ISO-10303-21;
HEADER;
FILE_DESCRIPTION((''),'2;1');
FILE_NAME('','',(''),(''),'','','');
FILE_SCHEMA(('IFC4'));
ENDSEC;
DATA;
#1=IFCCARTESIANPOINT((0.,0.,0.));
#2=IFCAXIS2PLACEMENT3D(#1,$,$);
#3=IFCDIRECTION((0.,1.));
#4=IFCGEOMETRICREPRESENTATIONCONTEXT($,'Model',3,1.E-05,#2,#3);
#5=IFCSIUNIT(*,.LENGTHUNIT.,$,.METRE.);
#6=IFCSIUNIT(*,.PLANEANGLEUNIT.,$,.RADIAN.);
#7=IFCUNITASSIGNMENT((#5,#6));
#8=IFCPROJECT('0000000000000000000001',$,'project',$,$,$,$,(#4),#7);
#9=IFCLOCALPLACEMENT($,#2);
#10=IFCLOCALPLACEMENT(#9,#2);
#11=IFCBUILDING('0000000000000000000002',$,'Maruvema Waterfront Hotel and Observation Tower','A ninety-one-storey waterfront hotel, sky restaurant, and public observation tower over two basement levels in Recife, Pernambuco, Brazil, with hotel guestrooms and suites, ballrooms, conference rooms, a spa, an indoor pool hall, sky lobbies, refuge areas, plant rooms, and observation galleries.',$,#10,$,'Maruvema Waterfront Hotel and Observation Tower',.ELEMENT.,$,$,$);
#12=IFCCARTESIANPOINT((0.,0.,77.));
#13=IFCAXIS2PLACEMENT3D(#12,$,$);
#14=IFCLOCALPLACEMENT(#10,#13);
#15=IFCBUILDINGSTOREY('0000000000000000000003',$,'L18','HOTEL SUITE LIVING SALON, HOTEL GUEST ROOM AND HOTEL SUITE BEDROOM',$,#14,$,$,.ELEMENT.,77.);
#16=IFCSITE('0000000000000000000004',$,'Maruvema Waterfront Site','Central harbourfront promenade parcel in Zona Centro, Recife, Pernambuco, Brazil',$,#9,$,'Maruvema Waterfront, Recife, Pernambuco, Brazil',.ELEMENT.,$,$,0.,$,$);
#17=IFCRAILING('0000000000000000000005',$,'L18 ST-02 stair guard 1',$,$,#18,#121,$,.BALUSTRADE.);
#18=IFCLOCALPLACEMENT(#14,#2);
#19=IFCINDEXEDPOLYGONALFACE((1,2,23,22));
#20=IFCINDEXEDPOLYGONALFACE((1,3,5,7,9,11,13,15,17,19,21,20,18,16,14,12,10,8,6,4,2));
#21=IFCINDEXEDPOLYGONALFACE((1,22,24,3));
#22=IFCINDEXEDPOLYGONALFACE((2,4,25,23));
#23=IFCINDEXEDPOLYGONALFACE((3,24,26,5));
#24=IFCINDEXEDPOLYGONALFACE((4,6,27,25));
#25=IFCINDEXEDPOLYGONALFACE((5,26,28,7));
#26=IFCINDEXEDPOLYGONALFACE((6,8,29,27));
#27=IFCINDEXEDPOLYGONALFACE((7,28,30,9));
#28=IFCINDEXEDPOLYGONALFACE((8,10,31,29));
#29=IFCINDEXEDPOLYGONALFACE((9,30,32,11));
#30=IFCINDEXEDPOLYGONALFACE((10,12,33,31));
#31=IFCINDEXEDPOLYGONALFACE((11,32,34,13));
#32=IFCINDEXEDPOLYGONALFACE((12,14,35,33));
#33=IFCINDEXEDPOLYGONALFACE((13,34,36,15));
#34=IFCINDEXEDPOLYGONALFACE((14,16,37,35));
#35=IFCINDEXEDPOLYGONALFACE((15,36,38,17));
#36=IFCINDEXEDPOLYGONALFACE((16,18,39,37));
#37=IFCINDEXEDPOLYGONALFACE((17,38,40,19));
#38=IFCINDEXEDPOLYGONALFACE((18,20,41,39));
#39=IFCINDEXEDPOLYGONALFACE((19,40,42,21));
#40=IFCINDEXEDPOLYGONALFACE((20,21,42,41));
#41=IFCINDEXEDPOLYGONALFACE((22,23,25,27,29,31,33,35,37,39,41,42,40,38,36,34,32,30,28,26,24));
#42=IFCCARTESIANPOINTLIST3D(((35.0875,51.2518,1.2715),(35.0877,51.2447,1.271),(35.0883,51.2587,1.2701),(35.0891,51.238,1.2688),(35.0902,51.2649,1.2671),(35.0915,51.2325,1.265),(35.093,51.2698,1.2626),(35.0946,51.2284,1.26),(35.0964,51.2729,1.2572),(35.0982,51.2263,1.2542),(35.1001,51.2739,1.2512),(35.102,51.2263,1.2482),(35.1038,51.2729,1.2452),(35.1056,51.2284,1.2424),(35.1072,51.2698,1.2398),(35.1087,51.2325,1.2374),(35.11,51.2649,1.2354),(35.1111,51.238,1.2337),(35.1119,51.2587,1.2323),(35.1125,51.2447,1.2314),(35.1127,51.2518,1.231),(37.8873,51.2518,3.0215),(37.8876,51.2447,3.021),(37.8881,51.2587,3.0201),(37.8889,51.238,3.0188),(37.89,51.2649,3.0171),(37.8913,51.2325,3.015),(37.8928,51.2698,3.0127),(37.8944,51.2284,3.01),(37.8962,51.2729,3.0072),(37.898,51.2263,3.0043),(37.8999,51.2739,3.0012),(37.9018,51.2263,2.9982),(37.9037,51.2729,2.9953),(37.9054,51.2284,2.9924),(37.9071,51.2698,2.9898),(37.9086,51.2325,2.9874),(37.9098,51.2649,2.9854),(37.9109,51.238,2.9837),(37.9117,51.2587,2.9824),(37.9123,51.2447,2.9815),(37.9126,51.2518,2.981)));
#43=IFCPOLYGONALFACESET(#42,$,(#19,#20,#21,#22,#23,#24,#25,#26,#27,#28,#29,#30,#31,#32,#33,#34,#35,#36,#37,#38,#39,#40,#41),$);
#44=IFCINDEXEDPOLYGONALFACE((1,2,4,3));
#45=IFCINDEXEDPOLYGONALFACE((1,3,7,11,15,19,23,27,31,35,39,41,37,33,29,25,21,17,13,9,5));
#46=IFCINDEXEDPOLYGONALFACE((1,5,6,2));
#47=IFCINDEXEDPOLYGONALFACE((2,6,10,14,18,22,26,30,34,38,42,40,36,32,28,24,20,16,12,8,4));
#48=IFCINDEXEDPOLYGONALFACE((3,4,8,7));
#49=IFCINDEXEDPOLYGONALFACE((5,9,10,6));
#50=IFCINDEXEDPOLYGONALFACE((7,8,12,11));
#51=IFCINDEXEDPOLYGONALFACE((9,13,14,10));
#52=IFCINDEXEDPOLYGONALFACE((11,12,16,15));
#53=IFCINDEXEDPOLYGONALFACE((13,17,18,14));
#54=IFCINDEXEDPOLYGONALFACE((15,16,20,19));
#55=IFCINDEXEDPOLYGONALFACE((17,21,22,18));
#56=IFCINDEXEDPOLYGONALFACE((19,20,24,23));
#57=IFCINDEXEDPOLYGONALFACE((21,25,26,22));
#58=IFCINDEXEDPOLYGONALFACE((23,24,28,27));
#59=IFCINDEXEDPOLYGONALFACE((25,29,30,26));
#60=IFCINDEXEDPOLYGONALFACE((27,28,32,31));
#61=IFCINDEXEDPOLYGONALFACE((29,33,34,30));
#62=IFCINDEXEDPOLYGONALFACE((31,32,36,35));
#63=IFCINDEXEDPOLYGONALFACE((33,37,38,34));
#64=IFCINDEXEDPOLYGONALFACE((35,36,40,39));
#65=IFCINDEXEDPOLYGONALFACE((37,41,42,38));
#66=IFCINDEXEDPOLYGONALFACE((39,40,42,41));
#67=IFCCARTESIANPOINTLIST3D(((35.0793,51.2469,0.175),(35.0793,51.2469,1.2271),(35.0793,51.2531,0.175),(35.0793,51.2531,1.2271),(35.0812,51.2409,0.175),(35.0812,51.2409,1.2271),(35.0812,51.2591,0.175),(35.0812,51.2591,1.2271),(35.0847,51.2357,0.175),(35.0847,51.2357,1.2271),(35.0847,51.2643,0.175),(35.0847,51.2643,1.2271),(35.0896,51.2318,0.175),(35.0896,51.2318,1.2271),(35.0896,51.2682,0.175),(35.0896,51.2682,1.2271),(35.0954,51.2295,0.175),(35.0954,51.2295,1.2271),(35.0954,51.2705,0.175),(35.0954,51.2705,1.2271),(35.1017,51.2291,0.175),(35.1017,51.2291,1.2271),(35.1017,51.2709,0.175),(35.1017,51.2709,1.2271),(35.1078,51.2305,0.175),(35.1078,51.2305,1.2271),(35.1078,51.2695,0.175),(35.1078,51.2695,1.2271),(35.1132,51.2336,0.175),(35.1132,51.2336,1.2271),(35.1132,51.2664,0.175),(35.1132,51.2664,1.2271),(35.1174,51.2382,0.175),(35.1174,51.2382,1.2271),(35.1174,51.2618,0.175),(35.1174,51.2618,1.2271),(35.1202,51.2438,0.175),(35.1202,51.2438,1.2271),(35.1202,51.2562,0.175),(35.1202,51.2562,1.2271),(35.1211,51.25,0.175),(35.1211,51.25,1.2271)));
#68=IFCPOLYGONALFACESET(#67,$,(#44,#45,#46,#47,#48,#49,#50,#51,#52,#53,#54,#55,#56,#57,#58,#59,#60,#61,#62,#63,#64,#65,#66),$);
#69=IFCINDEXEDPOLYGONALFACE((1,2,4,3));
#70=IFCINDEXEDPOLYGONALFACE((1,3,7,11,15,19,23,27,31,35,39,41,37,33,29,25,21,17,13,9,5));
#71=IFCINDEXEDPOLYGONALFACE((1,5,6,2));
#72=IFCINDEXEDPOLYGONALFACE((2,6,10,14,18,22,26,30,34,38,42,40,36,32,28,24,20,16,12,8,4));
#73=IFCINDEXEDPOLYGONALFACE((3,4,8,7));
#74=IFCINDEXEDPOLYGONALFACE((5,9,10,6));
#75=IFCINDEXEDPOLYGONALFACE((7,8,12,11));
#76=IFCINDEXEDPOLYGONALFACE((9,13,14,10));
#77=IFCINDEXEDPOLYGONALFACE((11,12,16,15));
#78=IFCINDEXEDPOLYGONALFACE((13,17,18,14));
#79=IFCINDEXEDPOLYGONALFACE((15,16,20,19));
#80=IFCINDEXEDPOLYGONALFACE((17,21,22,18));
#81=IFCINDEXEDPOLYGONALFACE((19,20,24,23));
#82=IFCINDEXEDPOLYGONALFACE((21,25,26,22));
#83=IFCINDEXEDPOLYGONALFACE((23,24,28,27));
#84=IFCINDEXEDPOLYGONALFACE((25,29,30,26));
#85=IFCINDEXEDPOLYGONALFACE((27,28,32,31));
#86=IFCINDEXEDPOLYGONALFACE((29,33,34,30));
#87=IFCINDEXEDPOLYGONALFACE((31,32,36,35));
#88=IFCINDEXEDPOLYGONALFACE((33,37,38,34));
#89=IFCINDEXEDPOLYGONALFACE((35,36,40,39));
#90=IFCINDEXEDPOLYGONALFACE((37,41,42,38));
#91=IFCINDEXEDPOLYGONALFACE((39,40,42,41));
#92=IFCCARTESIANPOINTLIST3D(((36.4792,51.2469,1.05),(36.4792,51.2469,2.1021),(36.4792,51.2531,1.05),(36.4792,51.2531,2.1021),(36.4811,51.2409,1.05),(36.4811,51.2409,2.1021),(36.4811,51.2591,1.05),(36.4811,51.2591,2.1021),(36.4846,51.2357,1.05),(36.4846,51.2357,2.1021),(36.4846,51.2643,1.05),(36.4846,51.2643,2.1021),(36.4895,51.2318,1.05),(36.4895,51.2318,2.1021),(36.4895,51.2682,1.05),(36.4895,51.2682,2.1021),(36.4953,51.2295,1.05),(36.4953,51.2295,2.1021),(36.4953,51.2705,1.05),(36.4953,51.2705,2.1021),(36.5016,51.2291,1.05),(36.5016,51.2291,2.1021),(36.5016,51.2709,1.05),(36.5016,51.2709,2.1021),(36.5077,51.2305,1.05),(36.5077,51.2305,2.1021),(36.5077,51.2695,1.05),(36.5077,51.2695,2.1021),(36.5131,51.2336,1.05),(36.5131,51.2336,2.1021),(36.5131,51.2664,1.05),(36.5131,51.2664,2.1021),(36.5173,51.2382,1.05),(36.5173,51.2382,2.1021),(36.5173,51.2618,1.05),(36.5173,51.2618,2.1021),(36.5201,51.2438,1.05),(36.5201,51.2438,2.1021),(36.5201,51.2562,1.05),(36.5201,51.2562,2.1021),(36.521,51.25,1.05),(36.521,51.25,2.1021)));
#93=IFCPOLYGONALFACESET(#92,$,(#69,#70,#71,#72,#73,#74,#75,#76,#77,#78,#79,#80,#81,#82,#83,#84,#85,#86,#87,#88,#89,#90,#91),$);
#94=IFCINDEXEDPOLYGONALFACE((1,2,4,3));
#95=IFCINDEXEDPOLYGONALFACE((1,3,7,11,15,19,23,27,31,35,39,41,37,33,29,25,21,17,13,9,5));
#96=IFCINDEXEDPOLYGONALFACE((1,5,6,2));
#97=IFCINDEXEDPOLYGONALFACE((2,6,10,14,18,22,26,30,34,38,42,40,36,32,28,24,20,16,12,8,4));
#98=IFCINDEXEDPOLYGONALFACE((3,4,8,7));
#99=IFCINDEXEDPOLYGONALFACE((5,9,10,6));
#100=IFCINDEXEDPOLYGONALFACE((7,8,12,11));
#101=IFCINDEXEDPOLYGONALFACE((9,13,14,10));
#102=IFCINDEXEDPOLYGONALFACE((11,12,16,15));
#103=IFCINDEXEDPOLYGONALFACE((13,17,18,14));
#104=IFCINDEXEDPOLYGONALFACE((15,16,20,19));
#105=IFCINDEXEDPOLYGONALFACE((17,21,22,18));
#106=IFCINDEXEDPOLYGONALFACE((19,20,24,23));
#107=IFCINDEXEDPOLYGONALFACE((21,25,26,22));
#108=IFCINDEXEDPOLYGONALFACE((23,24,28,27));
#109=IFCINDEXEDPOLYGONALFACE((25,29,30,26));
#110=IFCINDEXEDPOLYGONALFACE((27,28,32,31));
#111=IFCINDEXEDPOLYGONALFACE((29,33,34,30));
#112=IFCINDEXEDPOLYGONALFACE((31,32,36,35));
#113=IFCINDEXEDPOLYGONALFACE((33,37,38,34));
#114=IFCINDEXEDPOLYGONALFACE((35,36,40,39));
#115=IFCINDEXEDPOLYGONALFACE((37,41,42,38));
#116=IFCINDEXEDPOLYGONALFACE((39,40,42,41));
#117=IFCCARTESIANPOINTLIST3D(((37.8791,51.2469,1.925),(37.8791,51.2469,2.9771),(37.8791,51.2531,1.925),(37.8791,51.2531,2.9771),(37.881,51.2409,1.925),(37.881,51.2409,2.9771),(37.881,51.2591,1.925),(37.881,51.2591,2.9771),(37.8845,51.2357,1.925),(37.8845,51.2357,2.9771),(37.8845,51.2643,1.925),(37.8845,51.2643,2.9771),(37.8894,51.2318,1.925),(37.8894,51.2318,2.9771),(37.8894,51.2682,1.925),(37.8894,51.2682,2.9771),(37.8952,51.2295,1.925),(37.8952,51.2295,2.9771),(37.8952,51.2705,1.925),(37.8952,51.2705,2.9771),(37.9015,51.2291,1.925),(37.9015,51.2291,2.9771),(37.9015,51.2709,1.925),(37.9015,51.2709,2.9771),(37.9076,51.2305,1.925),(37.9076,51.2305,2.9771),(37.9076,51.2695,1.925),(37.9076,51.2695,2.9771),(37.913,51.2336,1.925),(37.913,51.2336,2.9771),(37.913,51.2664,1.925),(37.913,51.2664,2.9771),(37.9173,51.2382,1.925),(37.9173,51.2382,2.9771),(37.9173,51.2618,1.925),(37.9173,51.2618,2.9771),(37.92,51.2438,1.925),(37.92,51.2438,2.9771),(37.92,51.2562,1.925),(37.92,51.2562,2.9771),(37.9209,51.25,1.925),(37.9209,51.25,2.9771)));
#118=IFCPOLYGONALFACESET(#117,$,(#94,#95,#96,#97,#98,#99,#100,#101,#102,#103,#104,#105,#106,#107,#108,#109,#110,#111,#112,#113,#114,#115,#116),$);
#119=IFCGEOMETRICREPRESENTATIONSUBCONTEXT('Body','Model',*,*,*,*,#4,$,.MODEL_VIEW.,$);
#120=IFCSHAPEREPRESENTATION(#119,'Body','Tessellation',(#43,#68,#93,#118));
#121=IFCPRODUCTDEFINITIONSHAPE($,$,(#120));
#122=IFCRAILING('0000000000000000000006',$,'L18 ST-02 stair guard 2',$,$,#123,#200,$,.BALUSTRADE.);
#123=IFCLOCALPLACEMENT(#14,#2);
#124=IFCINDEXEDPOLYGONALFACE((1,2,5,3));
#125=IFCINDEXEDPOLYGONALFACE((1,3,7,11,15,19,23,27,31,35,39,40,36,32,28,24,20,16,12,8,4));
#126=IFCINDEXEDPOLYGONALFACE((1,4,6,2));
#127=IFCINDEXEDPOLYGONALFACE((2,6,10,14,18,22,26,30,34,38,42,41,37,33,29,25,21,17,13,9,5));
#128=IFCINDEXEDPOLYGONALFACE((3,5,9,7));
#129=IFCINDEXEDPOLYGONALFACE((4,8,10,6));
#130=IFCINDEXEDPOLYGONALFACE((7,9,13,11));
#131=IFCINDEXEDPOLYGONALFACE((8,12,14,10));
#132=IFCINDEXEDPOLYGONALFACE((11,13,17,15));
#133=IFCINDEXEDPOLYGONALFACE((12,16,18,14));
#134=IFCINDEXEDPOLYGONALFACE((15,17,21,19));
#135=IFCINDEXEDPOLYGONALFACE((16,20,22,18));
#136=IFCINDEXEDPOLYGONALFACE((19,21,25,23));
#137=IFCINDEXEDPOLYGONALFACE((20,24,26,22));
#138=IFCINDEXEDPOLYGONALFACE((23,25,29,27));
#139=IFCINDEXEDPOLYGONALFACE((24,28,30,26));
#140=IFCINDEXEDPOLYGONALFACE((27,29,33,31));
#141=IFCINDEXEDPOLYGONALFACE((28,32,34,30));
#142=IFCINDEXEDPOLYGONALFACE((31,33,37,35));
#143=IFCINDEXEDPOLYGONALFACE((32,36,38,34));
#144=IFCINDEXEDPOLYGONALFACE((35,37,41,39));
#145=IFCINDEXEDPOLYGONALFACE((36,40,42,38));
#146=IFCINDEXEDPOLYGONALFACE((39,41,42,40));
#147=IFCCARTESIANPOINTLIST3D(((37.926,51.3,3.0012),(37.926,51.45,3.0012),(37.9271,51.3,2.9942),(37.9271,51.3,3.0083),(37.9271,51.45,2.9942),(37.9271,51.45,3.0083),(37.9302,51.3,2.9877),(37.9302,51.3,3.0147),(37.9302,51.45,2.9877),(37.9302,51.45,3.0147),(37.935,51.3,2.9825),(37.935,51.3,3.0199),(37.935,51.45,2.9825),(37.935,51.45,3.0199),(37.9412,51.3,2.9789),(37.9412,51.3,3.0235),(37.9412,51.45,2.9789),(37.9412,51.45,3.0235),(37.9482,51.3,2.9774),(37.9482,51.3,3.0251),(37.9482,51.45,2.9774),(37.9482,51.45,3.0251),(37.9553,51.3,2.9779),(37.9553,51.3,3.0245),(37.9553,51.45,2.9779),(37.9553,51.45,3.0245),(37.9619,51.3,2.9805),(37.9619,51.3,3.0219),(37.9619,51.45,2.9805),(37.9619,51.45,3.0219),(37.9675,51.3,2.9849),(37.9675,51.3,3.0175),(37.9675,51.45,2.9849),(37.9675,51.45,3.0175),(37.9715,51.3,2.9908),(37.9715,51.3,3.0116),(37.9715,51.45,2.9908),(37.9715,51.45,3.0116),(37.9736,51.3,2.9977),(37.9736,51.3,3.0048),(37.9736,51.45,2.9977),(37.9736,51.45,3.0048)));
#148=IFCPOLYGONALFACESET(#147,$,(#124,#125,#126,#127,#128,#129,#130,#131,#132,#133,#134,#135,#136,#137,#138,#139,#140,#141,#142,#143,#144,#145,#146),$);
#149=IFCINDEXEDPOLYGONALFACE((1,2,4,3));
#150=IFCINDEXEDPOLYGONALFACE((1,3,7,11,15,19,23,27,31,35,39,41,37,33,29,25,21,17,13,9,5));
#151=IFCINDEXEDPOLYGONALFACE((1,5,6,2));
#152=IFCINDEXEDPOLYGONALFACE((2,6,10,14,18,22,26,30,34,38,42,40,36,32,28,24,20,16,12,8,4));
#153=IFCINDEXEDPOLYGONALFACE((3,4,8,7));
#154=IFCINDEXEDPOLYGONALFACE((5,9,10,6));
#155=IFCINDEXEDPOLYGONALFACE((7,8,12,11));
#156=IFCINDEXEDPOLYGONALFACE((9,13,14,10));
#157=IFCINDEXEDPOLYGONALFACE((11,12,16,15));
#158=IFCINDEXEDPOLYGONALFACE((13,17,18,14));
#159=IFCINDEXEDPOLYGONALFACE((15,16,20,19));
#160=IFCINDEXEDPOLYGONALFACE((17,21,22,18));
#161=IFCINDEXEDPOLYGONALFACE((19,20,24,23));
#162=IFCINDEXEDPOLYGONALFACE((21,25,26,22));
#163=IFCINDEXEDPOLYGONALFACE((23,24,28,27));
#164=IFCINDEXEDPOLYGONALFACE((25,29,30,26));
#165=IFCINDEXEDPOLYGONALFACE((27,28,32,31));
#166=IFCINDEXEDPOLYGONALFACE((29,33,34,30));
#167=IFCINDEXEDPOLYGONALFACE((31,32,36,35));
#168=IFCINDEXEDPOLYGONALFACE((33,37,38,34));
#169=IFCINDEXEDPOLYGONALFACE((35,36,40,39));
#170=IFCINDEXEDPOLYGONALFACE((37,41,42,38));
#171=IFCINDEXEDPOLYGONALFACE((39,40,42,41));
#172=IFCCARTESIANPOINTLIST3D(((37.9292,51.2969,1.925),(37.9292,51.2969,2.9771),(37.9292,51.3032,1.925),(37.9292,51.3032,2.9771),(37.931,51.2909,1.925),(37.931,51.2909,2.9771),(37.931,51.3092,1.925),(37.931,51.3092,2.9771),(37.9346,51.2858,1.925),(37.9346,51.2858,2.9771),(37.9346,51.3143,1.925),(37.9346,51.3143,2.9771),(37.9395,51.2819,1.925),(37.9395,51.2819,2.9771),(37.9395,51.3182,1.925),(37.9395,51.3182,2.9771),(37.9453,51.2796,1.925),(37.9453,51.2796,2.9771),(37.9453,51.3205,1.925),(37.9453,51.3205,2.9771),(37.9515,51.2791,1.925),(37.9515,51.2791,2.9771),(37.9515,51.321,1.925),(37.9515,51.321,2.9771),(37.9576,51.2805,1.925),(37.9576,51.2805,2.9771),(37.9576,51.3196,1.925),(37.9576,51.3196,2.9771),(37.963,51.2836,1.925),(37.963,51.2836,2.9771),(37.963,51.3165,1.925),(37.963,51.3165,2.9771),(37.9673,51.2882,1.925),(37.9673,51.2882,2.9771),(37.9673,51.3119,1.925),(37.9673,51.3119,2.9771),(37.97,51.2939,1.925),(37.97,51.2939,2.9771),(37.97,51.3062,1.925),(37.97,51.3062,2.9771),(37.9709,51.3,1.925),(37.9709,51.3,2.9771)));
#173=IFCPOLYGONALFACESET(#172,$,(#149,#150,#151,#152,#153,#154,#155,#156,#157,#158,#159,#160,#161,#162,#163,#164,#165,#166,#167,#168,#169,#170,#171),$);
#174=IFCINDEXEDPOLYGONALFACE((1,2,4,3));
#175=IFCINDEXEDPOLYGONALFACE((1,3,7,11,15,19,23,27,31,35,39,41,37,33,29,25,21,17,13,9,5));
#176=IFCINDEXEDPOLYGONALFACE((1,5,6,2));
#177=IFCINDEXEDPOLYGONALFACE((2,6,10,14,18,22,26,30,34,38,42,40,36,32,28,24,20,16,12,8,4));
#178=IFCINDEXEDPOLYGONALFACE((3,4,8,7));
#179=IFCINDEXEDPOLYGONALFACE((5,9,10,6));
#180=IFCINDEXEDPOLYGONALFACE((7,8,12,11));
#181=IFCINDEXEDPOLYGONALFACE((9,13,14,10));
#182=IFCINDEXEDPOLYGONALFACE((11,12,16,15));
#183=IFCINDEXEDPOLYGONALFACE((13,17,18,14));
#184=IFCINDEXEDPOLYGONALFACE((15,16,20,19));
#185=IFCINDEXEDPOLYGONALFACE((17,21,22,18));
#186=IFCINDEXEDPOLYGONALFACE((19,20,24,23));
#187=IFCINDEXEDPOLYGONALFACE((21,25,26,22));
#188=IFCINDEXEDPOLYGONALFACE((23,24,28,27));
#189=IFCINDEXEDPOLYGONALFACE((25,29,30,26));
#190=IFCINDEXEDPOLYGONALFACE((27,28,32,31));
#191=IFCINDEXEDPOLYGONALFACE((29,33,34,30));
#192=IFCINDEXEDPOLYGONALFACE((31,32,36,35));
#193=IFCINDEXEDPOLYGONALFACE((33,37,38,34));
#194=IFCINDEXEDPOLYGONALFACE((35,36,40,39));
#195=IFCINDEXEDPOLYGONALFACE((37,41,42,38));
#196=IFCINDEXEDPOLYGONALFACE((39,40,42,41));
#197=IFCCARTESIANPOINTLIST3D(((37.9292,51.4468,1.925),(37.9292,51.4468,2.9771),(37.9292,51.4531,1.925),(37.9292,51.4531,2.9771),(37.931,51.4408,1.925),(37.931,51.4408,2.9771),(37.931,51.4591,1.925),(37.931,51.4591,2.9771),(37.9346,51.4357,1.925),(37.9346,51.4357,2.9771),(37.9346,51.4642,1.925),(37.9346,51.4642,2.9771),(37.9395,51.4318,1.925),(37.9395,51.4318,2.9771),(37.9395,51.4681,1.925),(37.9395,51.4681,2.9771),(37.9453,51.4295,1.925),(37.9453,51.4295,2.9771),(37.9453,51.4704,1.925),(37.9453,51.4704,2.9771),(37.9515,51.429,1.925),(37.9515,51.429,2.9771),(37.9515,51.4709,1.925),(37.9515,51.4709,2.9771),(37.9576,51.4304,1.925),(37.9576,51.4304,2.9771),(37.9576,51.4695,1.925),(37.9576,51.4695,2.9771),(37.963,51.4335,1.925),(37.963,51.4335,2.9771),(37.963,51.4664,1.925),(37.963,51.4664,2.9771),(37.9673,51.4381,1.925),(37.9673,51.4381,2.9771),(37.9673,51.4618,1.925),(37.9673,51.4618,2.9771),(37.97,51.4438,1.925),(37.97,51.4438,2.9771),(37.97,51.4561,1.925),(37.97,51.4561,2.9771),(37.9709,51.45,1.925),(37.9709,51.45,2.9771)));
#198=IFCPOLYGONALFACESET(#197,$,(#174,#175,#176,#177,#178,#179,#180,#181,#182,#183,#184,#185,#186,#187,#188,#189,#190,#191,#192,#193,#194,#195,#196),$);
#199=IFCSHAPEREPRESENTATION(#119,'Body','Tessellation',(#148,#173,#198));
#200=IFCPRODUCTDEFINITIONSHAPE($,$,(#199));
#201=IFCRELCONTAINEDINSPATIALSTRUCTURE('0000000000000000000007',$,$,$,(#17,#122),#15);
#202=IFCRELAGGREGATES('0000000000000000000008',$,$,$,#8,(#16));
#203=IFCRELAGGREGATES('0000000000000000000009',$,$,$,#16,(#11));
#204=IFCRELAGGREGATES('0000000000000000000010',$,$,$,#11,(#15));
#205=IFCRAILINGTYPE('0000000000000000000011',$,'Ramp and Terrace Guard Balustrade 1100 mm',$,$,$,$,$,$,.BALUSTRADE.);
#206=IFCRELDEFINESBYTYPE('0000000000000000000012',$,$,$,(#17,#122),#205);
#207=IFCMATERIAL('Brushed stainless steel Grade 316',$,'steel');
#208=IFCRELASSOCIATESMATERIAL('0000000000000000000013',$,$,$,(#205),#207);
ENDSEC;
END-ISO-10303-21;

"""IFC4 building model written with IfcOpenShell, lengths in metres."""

from ifc_helpers import new_model, si_unit, direction, frame, origin, origin_2d, place, context, subcontext, project, spatial, circle, extrude, material, type_object, element, save


model = new_model("IFC4")

# Units and contexts
model_context = context("Model", 3, precision=1e-05, world=origin(), true_north=direction((0.0, 1.0)))
body_context = subcontext(model_context, "Body", "Model", "MODEL_VIEW")
ifc_project = project(units=[si_unit("LENGTHUNIT", "METRE"), si_unit("PLANEANGLEUNIT", "RADIAN")], contexts=[model_context])

# Site, building, storey
site_placement = place(None, origin())
site = spatial("IfcSite", under=ifc_project, at=site_placement, Name="Maruvema Waterfront Site", Description="Central harbourfront promenade parcel in Zona Centro, Recife, Pernambuco, Brazil", LongName="Maruvema Waterfront, Recife, Pernambuco, Brazil", CompositionType="ELEMENT", RefElevation=0.0)
building_placement = place(site_placement, origin())
building = spatial("IfcBuilding", under=site, at=building_placement, Name="Maruvema Waterfront Hotel and Observation Tower", Description="A ninety-one-storey waterfront hotel, sky restaurant, and public observation tower over two basement levels in Recife, Pernambuco, Brazil, with hotel guestrooms and suites, ballrooms, conference rooms, a spa, an indoor pool hall, sky lobbies, refuge areas, plant rooms, and observation galleries.", LongName="Maruvema Waterfront Hotel and Observation Tower", CompositionType="ELEMENT")
storey_placement = place(building_placement, frame((0.0, 0.0, 77.0)))
storey = spatial("IfcBuildingStorey", under=building, at=storey_placement, Name="L18", Description="HOTEL SUITE LIVING SALON, HOTEL GUEST ROOM AND HOTEL SUITE BEDROOM", CompositionType="ELEMENT", Elevation=77.0)

# Railings
ifc_material_1 = material(Name="Brushed stainless steel Grade 316", Category="steel")
railing_type_1 = type_object("IfcRailingType", Name="Ramp and Terrace Guard Balustrade 1100 mm", PredefinedType="BALUSTRADE", material=ifc_material_1)
railing_1_placement = place(storey_placement, frame((35.1001, 51.25, 0.175)))
element("IfcRailing", 1, at=railing_1_placement, inside=storey, type_object=railing_type_1, Name="L18 ST-02 stair guard 1", PredefinedType="BALUSTRADE", context=body_context, shape_type="SweptSolid", body=[
    extrude(circle(Radius=0.0239, at=origin_2d()), frame((0.0, 0.0, 1.0762), z_axis=(0.847982, 0.0, 0.530026), x_axis=(0.0, 1.0, 0.0)), (0.0, 0.0, 1.0), 3.3018),
    extrude(circle(Radius=0.021, at=origin_2d()), origin(), (0.0, 0.0, 1.0), 1.052),
    extrude(circle(Radius=0.021, at=origin_2d()), frame((1.3999, 0.0, 0.875)), (0.0, 0.0, 1.0), 1.052),
    extrude(circle(Radius=0.021, at=origin_2d()), frame((2.7998, 0.0, 1.75)), (0.0, 0.0, 1.0), 1.052),
])
railing_2_placement = place(storey_placement, frame((37.95, 51.3, 1.925)))
element("IfcRailing", 2, at=railing_2_placement, inside=storey, type_object=railing_type_1, Name="L18 ST-02 stair guard 2", PredefinedType="BALUSTRADE", context=body_context, shape_type="SweptSolid", body=[
    extrude(circle(Radius=0.0239, at=origin_2d()), frame((0.0, 0.0, 1.0762), z_axis=(0.0, 1.0, 0.0), x_axis=(-1.0, 0.0, 0.0)), (0.0, 0.0, 1.0), 0.1499),
    extrude(circle(Radius=0.021, at=origin_2d()), origin(), (0.0, 0.0, 1.0), 1.052),
    extrude(circle(Radius=0.021, at=origin_2d()), frame((0.0, 0.1499, 0.0)), (0.0, 0.0, 1.0), 1.052),
])

save(model, "model.ifc")
